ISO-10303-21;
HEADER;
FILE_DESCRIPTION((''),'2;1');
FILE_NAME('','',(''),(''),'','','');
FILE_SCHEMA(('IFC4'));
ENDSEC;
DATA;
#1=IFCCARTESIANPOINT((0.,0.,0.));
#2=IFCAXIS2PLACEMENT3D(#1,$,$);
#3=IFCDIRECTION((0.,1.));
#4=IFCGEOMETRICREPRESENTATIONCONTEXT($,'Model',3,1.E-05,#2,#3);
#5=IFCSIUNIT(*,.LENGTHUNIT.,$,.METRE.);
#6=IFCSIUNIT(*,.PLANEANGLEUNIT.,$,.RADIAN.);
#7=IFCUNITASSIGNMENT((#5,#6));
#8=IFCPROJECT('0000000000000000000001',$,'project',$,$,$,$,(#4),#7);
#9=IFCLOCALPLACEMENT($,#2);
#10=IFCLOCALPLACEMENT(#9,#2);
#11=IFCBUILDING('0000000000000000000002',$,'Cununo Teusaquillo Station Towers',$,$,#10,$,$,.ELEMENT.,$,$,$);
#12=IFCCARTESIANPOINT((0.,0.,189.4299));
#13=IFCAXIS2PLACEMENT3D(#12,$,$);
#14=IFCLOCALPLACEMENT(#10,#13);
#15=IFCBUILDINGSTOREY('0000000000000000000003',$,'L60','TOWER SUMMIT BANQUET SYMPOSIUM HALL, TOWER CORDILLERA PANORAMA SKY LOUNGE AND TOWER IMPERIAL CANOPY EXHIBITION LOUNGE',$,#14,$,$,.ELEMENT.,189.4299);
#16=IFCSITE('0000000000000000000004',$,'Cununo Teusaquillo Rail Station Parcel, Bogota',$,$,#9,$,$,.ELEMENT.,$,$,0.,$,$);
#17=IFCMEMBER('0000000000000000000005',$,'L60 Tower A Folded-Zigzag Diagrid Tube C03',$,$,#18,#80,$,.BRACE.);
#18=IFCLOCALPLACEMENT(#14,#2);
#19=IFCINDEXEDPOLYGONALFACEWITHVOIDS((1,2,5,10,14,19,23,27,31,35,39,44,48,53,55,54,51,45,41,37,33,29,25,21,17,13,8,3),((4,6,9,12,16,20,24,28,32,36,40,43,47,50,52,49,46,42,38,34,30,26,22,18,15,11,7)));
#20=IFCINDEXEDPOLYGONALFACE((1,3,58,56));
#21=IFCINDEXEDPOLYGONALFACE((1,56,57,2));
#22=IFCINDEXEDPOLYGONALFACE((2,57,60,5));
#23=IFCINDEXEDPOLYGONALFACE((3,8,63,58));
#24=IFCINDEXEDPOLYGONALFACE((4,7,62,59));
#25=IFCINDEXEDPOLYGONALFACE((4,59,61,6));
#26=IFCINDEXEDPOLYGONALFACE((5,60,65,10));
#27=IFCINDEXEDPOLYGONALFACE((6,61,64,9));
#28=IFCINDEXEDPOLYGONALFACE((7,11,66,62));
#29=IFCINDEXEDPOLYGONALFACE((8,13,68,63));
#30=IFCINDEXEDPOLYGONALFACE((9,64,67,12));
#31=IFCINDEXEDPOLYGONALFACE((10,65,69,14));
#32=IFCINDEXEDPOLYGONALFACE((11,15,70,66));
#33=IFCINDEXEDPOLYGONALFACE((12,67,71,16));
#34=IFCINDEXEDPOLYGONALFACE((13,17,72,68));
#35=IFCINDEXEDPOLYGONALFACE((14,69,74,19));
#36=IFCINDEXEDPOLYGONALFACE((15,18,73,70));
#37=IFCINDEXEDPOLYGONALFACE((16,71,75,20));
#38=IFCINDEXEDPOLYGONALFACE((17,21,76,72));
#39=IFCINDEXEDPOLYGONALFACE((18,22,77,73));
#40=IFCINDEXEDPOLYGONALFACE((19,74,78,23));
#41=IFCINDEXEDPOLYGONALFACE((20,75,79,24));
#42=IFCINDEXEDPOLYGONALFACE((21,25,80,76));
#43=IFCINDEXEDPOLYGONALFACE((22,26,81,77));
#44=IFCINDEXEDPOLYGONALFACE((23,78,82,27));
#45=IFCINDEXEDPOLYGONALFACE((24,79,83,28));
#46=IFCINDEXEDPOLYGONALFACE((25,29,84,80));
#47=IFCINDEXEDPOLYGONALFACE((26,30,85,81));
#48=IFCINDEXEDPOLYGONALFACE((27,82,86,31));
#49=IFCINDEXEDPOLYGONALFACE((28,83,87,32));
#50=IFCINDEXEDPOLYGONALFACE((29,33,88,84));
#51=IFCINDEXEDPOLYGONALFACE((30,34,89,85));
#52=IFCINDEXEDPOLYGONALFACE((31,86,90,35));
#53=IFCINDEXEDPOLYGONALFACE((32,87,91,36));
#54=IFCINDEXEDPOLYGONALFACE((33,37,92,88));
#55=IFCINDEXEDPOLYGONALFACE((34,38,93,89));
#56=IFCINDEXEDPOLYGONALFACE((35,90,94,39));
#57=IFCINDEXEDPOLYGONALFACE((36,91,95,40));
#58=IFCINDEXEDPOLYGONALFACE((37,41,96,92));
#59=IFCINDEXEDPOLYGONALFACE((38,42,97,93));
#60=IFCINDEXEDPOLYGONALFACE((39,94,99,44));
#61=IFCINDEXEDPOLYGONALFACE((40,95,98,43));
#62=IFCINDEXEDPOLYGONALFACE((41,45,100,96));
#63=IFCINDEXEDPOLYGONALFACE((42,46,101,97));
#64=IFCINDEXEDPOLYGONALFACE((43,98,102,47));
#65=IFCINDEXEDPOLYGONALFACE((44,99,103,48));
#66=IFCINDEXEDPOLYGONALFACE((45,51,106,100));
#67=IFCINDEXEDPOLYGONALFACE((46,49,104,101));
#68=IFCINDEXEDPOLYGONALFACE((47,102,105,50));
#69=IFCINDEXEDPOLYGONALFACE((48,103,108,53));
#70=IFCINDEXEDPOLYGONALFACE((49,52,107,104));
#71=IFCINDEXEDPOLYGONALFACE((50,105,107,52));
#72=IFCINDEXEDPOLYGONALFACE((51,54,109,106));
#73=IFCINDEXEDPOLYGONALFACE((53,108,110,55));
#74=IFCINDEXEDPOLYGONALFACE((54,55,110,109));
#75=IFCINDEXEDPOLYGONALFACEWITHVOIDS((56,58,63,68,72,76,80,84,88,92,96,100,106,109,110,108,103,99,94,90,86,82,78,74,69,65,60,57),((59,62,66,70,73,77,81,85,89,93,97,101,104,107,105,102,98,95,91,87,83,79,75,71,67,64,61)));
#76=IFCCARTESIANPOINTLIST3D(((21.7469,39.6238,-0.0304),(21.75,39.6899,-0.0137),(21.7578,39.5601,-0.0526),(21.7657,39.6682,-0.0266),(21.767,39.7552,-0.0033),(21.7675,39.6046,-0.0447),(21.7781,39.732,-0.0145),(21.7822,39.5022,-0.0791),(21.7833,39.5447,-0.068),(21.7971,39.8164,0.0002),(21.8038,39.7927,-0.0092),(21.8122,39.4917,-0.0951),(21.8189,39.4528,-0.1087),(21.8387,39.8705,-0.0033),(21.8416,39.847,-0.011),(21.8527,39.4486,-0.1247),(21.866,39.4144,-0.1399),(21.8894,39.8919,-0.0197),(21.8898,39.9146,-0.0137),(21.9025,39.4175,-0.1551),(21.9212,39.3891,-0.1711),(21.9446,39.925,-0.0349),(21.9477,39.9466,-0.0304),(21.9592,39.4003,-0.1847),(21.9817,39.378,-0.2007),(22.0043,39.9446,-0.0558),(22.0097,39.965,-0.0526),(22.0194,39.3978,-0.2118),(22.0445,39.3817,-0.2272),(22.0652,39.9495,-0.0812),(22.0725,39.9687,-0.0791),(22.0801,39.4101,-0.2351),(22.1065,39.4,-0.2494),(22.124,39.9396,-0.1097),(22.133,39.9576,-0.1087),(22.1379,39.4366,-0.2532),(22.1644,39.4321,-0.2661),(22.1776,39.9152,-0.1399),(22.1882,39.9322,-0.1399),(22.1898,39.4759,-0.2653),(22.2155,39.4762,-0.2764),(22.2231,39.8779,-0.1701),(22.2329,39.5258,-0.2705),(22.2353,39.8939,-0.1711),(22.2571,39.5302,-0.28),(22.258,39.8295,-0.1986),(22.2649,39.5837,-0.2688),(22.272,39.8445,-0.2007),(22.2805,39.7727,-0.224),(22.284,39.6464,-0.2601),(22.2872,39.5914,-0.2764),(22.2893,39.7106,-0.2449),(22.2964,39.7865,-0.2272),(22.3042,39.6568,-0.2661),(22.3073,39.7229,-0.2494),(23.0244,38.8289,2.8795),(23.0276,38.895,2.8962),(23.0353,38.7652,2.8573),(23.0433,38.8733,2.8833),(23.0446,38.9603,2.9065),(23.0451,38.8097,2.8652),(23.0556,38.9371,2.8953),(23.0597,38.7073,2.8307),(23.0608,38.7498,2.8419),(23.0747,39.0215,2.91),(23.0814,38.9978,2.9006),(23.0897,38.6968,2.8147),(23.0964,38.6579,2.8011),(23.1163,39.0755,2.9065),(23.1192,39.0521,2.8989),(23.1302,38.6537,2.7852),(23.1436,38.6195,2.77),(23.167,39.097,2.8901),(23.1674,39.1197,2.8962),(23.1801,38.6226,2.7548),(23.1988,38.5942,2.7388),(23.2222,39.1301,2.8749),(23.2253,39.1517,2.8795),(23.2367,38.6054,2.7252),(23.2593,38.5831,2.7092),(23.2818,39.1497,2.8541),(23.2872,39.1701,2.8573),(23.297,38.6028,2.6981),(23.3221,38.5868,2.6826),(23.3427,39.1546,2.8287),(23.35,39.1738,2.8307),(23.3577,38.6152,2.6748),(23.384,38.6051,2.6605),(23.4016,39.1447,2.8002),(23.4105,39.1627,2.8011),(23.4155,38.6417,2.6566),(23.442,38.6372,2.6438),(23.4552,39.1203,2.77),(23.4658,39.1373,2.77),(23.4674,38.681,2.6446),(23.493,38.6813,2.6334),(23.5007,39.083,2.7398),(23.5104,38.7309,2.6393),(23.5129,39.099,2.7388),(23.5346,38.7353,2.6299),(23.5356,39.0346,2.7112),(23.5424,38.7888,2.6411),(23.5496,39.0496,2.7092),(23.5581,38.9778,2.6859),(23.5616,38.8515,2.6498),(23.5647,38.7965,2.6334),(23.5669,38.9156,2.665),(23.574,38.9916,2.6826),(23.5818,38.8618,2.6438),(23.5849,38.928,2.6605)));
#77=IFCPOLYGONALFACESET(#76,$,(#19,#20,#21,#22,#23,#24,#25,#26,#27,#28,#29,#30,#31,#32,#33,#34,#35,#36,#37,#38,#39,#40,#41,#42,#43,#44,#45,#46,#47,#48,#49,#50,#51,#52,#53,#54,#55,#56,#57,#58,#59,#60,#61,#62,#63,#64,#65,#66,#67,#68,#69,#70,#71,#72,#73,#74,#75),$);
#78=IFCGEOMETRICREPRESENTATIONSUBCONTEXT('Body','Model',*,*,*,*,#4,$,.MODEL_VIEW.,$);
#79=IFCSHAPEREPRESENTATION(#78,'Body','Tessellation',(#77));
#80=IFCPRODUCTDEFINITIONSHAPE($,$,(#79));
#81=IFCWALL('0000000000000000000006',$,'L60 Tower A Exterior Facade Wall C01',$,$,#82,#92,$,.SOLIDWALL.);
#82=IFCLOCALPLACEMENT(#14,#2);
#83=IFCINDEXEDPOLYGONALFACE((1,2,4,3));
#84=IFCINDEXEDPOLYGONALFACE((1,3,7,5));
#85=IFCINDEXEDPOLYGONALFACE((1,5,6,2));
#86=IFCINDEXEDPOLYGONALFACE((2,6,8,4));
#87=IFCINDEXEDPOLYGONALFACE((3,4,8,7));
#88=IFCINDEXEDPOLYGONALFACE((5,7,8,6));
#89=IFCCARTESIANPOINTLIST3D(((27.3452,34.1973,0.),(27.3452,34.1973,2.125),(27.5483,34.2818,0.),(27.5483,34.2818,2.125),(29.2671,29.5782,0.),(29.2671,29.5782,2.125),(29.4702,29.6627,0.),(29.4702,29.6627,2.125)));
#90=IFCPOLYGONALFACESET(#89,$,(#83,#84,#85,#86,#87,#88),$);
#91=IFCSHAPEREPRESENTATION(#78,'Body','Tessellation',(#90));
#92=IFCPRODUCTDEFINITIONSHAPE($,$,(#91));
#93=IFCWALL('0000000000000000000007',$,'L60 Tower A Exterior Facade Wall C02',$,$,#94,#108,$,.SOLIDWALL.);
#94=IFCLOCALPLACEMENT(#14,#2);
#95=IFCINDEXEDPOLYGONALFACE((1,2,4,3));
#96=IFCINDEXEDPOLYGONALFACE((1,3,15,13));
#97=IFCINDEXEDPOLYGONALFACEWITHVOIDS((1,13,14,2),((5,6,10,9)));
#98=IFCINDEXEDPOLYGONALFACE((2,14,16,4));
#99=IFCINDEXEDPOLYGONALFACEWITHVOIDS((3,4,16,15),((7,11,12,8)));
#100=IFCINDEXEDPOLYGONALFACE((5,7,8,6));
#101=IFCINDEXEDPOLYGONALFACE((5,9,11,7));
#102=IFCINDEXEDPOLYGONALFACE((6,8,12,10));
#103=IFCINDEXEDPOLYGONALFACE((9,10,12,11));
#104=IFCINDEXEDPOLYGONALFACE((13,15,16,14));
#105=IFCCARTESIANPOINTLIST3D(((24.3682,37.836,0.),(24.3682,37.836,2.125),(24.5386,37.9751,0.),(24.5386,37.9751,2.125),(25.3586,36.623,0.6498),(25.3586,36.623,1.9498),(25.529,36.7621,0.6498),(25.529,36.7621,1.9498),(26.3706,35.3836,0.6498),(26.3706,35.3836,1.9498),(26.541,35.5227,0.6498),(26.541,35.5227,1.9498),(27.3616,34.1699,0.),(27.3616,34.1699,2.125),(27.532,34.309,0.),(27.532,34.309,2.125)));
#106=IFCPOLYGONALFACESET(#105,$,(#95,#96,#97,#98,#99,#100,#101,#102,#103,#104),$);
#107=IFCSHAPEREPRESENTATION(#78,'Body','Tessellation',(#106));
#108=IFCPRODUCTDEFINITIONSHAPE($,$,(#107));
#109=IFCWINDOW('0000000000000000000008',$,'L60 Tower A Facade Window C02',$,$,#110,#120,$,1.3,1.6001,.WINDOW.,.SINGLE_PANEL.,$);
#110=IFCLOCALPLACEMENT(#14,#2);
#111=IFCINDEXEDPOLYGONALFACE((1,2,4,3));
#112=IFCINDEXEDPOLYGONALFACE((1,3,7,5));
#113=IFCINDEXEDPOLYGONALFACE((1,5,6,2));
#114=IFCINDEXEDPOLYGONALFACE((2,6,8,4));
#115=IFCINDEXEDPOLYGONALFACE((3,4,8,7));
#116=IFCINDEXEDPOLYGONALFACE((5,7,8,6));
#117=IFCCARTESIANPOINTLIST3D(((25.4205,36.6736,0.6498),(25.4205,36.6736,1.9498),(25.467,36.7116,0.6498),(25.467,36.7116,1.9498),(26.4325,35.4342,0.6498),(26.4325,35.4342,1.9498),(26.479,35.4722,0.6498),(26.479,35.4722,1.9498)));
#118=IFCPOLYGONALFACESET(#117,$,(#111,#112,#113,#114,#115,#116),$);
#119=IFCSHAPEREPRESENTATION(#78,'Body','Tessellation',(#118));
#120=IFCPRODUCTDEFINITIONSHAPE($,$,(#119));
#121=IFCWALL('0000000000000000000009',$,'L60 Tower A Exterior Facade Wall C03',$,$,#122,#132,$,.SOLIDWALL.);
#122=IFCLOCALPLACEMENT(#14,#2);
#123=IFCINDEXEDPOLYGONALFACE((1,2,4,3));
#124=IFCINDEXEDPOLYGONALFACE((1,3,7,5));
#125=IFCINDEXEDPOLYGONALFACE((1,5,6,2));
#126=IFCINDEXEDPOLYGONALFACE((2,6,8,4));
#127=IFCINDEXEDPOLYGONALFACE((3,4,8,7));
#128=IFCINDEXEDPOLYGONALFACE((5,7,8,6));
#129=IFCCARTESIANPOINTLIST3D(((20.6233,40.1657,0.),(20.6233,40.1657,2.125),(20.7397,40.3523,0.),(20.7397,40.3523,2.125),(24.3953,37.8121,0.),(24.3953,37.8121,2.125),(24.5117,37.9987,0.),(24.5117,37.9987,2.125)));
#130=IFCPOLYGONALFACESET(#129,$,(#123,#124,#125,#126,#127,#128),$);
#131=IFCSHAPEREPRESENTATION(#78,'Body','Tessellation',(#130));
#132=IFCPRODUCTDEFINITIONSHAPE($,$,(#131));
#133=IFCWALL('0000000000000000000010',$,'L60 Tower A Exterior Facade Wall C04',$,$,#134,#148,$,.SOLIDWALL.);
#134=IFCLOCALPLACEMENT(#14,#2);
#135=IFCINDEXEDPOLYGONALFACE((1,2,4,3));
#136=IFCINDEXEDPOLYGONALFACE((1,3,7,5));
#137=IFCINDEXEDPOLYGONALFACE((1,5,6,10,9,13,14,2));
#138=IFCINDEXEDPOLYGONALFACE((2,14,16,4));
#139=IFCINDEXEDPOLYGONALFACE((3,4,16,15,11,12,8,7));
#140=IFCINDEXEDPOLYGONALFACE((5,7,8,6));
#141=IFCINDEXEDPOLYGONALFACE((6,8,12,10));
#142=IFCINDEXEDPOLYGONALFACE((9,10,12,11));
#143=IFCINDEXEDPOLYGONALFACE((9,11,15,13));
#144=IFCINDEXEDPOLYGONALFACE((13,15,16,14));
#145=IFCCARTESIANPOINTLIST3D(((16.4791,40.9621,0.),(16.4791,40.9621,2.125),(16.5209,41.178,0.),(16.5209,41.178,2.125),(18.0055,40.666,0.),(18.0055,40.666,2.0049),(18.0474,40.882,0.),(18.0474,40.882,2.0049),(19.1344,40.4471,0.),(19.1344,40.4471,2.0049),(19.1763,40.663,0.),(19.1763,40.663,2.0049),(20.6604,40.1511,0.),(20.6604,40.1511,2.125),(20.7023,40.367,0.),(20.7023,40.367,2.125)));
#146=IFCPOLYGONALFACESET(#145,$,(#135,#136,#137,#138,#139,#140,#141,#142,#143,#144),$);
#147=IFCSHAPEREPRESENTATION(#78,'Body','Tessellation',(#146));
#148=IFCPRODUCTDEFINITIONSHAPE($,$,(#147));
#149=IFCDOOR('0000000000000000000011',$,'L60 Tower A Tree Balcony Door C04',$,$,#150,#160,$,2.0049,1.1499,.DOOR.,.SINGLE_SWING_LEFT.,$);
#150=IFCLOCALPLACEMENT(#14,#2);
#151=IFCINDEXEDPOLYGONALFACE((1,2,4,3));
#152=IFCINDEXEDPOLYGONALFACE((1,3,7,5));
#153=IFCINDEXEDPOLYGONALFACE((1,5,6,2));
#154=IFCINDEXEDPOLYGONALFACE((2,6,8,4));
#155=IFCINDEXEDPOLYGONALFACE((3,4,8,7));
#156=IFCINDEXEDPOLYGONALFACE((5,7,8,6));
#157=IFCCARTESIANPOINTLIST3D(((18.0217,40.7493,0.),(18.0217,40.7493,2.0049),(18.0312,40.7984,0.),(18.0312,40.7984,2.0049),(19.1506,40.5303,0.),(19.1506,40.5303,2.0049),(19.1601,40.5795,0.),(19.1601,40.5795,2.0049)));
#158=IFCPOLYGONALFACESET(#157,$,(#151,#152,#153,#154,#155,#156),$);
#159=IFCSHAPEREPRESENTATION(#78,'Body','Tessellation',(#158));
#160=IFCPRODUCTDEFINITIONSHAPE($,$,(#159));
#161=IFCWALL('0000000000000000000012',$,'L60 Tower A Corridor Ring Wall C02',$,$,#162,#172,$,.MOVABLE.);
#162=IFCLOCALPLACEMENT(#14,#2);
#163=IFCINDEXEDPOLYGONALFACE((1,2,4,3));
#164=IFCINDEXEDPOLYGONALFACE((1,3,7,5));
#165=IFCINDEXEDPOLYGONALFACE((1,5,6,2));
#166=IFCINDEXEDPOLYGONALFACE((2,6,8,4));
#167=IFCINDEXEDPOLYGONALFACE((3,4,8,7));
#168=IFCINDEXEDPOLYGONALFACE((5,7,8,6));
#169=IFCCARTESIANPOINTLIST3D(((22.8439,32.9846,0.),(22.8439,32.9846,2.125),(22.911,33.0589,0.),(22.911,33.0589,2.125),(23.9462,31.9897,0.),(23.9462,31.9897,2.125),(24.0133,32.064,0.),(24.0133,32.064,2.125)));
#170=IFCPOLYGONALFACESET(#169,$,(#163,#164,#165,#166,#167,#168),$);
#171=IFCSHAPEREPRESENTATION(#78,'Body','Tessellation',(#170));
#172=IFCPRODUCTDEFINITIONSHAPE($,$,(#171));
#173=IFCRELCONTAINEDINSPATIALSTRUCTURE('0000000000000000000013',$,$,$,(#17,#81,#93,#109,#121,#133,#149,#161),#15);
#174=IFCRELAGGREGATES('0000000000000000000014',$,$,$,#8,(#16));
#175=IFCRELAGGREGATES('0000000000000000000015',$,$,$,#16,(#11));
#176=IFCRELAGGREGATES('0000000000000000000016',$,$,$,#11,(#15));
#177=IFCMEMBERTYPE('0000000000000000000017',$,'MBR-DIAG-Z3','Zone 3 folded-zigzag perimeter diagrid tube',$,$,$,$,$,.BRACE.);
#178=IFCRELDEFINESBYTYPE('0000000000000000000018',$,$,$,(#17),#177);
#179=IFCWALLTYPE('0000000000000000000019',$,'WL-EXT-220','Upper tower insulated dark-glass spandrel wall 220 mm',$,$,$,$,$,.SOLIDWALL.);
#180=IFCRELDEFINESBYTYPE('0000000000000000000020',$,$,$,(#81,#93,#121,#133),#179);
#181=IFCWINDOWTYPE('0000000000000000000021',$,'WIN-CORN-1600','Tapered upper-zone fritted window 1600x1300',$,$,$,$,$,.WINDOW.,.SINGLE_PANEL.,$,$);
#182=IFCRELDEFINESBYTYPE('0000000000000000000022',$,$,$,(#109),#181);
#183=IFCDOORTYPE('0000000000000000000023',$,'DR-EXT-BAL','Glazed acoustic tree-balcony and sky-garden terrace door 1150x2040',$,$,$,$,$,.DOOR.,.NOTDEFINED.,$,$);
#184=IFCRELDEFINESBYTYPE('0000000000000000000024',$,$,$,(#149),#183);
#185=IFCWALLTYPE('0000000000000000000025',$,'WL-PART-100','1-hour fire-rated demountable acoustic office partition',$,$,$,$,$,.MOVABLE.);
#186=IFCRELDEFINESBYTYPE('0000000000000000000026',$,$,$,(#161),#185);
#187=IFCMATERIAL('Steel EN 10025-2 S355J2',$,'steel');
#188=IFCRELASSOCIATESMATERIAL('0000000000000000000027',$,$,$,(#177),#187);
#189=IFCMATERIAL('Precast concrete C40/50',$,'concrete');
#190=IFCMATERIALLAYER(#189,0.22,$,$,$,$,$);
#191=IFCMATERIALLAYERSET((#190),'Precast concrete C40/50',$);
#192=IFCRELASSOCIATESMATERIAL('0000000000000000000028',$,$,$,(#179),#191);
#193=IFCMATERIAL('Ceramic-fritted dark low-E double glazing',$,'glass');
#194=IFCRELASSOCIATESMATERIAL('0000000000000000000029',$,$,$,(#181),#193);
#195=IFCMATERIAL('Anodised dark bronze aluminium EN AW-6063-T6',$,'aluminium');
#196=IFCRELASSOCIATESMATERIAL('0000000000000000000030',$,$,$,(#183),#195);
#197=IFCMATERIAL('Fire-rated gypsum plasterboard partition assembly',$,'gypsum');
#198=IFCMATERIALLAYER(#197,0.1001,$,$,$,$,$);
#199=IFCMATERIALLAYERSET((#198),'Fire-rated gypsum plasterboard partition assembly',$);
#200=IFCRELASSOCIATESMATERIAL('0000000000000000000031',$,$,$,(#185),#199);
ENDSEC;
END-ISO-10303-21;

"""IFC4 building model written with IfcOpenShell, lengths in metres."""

from ifc_helpers import new_model, si_unit, direction, frame, frame_2d, origin, origin_2d, place, context, subcontext, project, spatial, rectangle, hollow_circle, extrude, source, transform, mapped, material, layer, layer_set, material_profile, profile_set, type_object, element, fill, save


model = new_model("IFC4")

# Units and contexts
model_context = context("Model", 3, precision=1e-05, world=origin(), true_north=direction((0.0, 1.0)))
body_context = subcontext(model_context, "Body", "Model", "MODEL_VIEW")
ifc_project = project(units=[si_unit("LENGTHUNIT", "METRE"), si_unit("PLANEANGLEUNIT", "RADIAN")], contexts=[model_context])

# Site, building, storey
site_placement = place(None, origin())
site = spatial("IfcSite", under=ifc_project, at=site_placement, Name="Cununo Teusaquillo Rail Station Parcel, Bogota", CompositionType="ELEMENT", RefElevation=0.0)
building_placement = place(site_placement, origin())
building = spatial("IfcBuilding", under=site, at=building_placement, Name="Cununo Teusaquillo Station Towers", CompositionType="ELEMENT")
storey_placement = place(building_placement, frame((0.0, 0.0, 189.4299)))
storey = spatial("IfcBuildingStorey", under=building, at=storey_placement, Name="L60", Description="TOWER SUMMIT BANQUET SYMPOSIUM HALL, TOWER CORDILLERA PANORAMA SKY LOUNGE AND TOWER IMPERIAL CANOPY EXHIBITION LOUNGE", CompositionType="ELEMENT", Elevation=189.4299)

# Member
ifc_material_1 = material(Name="Steel EN 10025-2 S355J2", Category="steel")
ifc_material_profile_1 = material_profile(ifc_material_1, hollow_circle(Radius=0.3049, WallThickness=0.02, at=origin_2d()), Name="CHS 610x20")
ifc_profile_set_1 = profile_set([ifc_material_profile_1], Name="Steel EN 10025-2 S355J2")
member_type = type_object("IfcMemberType", Name="MBR-DIAG-Z3", Description="Zone 3 folded-zigzag perimeter diagrid tube", PredefinedType="BRACE", material=ifc_profile_set_1)
member_placement = place(storey_placement, frame((22.0271, 39.6733, -0.1399), z_axis=(0.389992, -0.242655, 0.88827), x_axis=(0.528291, 0.849063, 0.0)))
element("IfcMember", 1, at=member_placement, inside=storey, type_object=member_type, Name="L60 Tower A Folded-Zigzag Diagrid Tube C03", PredefinedType="BRACE", context=body_context, shape_type="SweptSolid", body=[
    extrude(hollow_circle(Radius=0.3049, WallThickness=0.02, at=origin_2d()), origin(), (0.0, 0.0, 1.0), 3.2759),
])

# Wall
ifc_material_2 = material(Name="Precast concrete C40/50", Category="concrete")
ifc_layer_1 = layer(ifc_material_2, 0.22)
ifc_layer_set_1 = layer_set([ifc_layer_1], Name="Precast concrete C40/50")
wall_type_1 = type_object("IfcWallType", Name="WL-EXT-220", Description="Upper tower insulated dark-glass spandrel wall 220 mm", PredefinedType="SOLIDWALL", material=ifc_layer_set_1)
wall_1_placement = place(storey_placement, frame((27.4468, 34.2395, 0.0), z_axis=(0.0, 0.0, 1.0), x_axis=(0.384144, -0.923273, 0.0)))
element("IfcWall", 2, at=wall_1_placement, inside=storey, type_object=wall_type_1, Name="L60 Tower A Exterior Facade Wall C01", PredefinedType="SOLIDWALL", context=body_context, shape_type="SweptSolid", body=[
    extrude(rectangle(XDim=5.0029, YDim=0.22, at=frame_2d((2.5015, 0.0))), origin(), (0.0, 0.0, 1.0), 2.125),
])

# Wall, opening, window
wall_2_placement = place(storey_placement, frame((24.4534, 37.9055, 0.0), z_axis=(0.0, 0.0, 1.0), x_axis=(0.632471, -0.774584, 0.0)))
wall_2 = element("IfcWall", 3, at=wall_2_placement, inside=storey, type_object=wall_type_1, Name="L60 Tower A Exterior Facade Wall C02", PredefinedType="SOLIDWALL", context=body_context, shape_type="SweptSolid", body=[
    extrude(rectangle(XDim=4.7329, YDim=0.22, at=frame_2d((2.3665, 0.0))), origin(), (0.0, 0.0, 1.0), 2.125),
])
shared_shape_1 = source(origin(), body_context, "Body", "SweptSolid", [
    extrude(rectangle(XDim=1.6001, YDim=1.3, at=frame_2d((0.8, 0.6499))), frame((0.0, 0.1199, 0.0), z_axis=(0.0, -1.0, 0.0), x_axis=(1.0, 0.0, 0.0)), (0.0, 0.0, 1.0), 0.24),
])
opening_1_placement = place(wall_2_placement, frame((1.5659, 0.0, 0.6499)))
opening_1 = element("IfcOpeningElement", 4, at=opening_1_placement, cuts=wall_2, PredefinedType="OPENING", context=body_context, shape_type="MappedRepresentation", body=[
    mapped(shared_shape_1, transform((0.0, 0.0, 0.0), x_axis=(1.0, 0.0, 0.0), y_axis=(0.0, 1.0, 0.0), z_axis=(0.0, 0.0, 1.0), scale=1.0)),
])
ifc_material_3 = material(Name="Ceramic-fritted dark low-E double glazing", Category="glass")
window_type = type_object("IfcWindowType", Name="WIN-CORN-1600", Description="Tapered upper-zone fritted window 1600x1300", PartitioningType="SINGLE_PANEL", PredefinedType="WINDOW", material=ifc_material_3)
shared_shape_2 = source(origin(), body_context, "Body", "SweptSolid", [
    extrude(rectangle(XDim=1.6001, YDim=1.3, at=frame_2d((0.8, 0.6499))), frame((0.0, 0.03, 0.0), z_axis=(0.0, -1.0, 0.0), x_axis=(1.0, 0.0, 0.0)), (0.0, 0.0, 1.0), 0.0601),
])
window_placement = place(opening_1_placement, origin())
window = element("IfcWindow", 5, at=window_placement, inside=storey, type_object=window_type, Name="L60 Tower A Facade Window C02", OverallHeight=1.3, OverallWidth=1.6001, PartitioningType="SINGLE_PANEL", PredefinedType="WINDOW", context=body_context, shape_type="MappedRepresentation", body=[
    mapped(shared_shape_2, transform((0.0, 0.0, 0.0), x_axis=(1.0, 0.0, 0.0), y_axis=(0.0, 1.0, 0.0), z_axis=(0.0, 0.0, 1.0), scale=1.0)),
])
fill(opening_1, window)

# Wall
wall_3_placement = place(storey_placement, frame((20.6814, 40.259, 0.0), z_axis=(0.0, 0.0, 1.0), x_axis=(0.848399, -0.529357, 0.0)))
element("IfcWall", 6, at=wall_3_placement, inside=storey, type_object=wall_type_1, Name="L60 Tower A Exterior Facade Wall C03", PredefinedType="SOLIDWALL", context=body_context, shape_type="SweptSolid", body=[
    extrude(rectangle(XDim=4.446, YDim=0.22, at=frame_2d((2.2231, 0.0))), origin(), (0.0, 0.0, 1.0), 2.125),
])

# Wall, opening, door
wall_4_placement = place(storey_placement, frame((16.5, 41.0701, 0.0), z_axis=(0.0, 0.0, 1.0), x_axis=(0.981704, -0.190414, 0.0)))
wall_4 = element("IfcWall", 7, at=wall_4_placement, inside=storey, type_object=wall_type_1, Name="L60 Tower A Exterior Facade Wall C04", PredefinedType="SOLIDWALL", context=body_context, shape_type="SweptSolid", body=[
    extrude(rectangle(XDim=4.2593, YDim=0.22, at=frame_2d((2.1296, 0.0))), origin(), (0.0, 0.0, 1.0), 2.125),
])
shared_shape_3 = source(origin(), body_context, "Body", "SweptSolid", [
    extrude(rectangle(XDim=1.1499, YDim=2.0049, at=frame_2d((0.575, 1.0024))), frame((0.0, 0.1199, 0.0), z_axis=(0.0, -1.0, 0.0), x_axis=(1.0, 0.0, 0.0)), (0.0, 0.0, 1.0), 0.24),
])
opening_2_placement = place(wall_4_placement, frame((1.5549, 0.0, 0.0)))
opening_2 = element("IfcOpeningElement", 8, at=opening_2_placement, cuts=wall_4, PredefinedType="OPENING", context=body_context, shape_type="MappedRepresentation", body=[
    mapped(shared_shape_3, transform((0.0, 0.0, 0.0), x_axis=(1.0, 0.0, 0.0), y_axis=(0.0, 1.0, 0.0), z_axis=(0.0, 0.0, 1.0), scale=1.0)),
])
ifc_material_4 = material(Name="Anodised dark bronze aluminium EN AW-6063-T6", Category="aluminium")
door_type_1 = type_object("IfcDoorType", Name="DR-EXT-BAL", Description="Glazed acoustic tree-balcony and sky-garden terrace door 1150x2040", OperationType="NOTDEFINED", PredefinedType="DOOR", material=ifc_material_4)
shared_shape_4 = source(origin(), body_context, "Body", "SweptSolid", [
    extrude(rectangle(XDim=1.1499, YDim=2.0049, at=frame_2d((0.575, 1.0024))), frame((0.0, 0.0249, 0.0), z_axis=(0.0, -1.0, 0.0), x_axis=(1.0, 0.0, 0.0)), (0.0, 0.0, 1.0), 0.05),
])
door_1_placement = place(opening_2_placement, origin())
door_1 = element("IfcDoor", 9, at=door_1_placement, inside=storey, type_object=door_type_1, Name="L60 Tower A Tree Balcony Door C04", OperationType="SINGLE_SWING_LEFT", OverallHeight=2.0049, OverallWidth=1.1499, PredefinedType="DOOR", context=body_context, shape_type="MappedRepresentation", body=[
    mapped(shared_shape_4, transform((0.0, 0.0, 0.0), x_axis=(1.0, 0.0, 0.0), y_axis=(0.0, 1.0, 0.0), z_axis=(0.0, 0.0, 1.0), scale=1.0)),
])
fill(opening_2, door_1)

# Wall
ifc_material_5 = material(Name="Fire-rated gypsum plasterboard partition assembly", Category="gypsum")
ifc_layer_2 = layer(ifc_material_5, 0.1001)
ifc_layer_set_2 = layer_set([ifc_layer_2], Name="Fire-rated gypsum plasterboard partition assembly")
wall_type_2 = type_object("IfcWallType", Name="WL-PART-100", Description="1-hour fire-rated demountable acoustic office partition", PredefinedType="MOVABLE", material=ifc_layer_set_2)
wall_5_placement = place(storey_placement, frame((23.9797, 32.0269, 0.0), z_axis=(0.0, 0.0, 1.0), x_axis=(-0.742353, 0.670009, 0.0)))
element("IfcWall", 10, at=wall_5_placement, inside=storey, type_object=wall_type_2, Name="L60 Tower A Corridor Ring Wall C02", PredefinedType="MOVABLE", context=body_context, shape_type="SweptSolid", body=[
    extrude(rectangle(XDim=1.4849, YDim=0.1001, at=frame_2d((0.7424, 0.0))), origin(), (0.0, 0.0, 1.0), 2.125),
])

save(model, "model.ifc")
